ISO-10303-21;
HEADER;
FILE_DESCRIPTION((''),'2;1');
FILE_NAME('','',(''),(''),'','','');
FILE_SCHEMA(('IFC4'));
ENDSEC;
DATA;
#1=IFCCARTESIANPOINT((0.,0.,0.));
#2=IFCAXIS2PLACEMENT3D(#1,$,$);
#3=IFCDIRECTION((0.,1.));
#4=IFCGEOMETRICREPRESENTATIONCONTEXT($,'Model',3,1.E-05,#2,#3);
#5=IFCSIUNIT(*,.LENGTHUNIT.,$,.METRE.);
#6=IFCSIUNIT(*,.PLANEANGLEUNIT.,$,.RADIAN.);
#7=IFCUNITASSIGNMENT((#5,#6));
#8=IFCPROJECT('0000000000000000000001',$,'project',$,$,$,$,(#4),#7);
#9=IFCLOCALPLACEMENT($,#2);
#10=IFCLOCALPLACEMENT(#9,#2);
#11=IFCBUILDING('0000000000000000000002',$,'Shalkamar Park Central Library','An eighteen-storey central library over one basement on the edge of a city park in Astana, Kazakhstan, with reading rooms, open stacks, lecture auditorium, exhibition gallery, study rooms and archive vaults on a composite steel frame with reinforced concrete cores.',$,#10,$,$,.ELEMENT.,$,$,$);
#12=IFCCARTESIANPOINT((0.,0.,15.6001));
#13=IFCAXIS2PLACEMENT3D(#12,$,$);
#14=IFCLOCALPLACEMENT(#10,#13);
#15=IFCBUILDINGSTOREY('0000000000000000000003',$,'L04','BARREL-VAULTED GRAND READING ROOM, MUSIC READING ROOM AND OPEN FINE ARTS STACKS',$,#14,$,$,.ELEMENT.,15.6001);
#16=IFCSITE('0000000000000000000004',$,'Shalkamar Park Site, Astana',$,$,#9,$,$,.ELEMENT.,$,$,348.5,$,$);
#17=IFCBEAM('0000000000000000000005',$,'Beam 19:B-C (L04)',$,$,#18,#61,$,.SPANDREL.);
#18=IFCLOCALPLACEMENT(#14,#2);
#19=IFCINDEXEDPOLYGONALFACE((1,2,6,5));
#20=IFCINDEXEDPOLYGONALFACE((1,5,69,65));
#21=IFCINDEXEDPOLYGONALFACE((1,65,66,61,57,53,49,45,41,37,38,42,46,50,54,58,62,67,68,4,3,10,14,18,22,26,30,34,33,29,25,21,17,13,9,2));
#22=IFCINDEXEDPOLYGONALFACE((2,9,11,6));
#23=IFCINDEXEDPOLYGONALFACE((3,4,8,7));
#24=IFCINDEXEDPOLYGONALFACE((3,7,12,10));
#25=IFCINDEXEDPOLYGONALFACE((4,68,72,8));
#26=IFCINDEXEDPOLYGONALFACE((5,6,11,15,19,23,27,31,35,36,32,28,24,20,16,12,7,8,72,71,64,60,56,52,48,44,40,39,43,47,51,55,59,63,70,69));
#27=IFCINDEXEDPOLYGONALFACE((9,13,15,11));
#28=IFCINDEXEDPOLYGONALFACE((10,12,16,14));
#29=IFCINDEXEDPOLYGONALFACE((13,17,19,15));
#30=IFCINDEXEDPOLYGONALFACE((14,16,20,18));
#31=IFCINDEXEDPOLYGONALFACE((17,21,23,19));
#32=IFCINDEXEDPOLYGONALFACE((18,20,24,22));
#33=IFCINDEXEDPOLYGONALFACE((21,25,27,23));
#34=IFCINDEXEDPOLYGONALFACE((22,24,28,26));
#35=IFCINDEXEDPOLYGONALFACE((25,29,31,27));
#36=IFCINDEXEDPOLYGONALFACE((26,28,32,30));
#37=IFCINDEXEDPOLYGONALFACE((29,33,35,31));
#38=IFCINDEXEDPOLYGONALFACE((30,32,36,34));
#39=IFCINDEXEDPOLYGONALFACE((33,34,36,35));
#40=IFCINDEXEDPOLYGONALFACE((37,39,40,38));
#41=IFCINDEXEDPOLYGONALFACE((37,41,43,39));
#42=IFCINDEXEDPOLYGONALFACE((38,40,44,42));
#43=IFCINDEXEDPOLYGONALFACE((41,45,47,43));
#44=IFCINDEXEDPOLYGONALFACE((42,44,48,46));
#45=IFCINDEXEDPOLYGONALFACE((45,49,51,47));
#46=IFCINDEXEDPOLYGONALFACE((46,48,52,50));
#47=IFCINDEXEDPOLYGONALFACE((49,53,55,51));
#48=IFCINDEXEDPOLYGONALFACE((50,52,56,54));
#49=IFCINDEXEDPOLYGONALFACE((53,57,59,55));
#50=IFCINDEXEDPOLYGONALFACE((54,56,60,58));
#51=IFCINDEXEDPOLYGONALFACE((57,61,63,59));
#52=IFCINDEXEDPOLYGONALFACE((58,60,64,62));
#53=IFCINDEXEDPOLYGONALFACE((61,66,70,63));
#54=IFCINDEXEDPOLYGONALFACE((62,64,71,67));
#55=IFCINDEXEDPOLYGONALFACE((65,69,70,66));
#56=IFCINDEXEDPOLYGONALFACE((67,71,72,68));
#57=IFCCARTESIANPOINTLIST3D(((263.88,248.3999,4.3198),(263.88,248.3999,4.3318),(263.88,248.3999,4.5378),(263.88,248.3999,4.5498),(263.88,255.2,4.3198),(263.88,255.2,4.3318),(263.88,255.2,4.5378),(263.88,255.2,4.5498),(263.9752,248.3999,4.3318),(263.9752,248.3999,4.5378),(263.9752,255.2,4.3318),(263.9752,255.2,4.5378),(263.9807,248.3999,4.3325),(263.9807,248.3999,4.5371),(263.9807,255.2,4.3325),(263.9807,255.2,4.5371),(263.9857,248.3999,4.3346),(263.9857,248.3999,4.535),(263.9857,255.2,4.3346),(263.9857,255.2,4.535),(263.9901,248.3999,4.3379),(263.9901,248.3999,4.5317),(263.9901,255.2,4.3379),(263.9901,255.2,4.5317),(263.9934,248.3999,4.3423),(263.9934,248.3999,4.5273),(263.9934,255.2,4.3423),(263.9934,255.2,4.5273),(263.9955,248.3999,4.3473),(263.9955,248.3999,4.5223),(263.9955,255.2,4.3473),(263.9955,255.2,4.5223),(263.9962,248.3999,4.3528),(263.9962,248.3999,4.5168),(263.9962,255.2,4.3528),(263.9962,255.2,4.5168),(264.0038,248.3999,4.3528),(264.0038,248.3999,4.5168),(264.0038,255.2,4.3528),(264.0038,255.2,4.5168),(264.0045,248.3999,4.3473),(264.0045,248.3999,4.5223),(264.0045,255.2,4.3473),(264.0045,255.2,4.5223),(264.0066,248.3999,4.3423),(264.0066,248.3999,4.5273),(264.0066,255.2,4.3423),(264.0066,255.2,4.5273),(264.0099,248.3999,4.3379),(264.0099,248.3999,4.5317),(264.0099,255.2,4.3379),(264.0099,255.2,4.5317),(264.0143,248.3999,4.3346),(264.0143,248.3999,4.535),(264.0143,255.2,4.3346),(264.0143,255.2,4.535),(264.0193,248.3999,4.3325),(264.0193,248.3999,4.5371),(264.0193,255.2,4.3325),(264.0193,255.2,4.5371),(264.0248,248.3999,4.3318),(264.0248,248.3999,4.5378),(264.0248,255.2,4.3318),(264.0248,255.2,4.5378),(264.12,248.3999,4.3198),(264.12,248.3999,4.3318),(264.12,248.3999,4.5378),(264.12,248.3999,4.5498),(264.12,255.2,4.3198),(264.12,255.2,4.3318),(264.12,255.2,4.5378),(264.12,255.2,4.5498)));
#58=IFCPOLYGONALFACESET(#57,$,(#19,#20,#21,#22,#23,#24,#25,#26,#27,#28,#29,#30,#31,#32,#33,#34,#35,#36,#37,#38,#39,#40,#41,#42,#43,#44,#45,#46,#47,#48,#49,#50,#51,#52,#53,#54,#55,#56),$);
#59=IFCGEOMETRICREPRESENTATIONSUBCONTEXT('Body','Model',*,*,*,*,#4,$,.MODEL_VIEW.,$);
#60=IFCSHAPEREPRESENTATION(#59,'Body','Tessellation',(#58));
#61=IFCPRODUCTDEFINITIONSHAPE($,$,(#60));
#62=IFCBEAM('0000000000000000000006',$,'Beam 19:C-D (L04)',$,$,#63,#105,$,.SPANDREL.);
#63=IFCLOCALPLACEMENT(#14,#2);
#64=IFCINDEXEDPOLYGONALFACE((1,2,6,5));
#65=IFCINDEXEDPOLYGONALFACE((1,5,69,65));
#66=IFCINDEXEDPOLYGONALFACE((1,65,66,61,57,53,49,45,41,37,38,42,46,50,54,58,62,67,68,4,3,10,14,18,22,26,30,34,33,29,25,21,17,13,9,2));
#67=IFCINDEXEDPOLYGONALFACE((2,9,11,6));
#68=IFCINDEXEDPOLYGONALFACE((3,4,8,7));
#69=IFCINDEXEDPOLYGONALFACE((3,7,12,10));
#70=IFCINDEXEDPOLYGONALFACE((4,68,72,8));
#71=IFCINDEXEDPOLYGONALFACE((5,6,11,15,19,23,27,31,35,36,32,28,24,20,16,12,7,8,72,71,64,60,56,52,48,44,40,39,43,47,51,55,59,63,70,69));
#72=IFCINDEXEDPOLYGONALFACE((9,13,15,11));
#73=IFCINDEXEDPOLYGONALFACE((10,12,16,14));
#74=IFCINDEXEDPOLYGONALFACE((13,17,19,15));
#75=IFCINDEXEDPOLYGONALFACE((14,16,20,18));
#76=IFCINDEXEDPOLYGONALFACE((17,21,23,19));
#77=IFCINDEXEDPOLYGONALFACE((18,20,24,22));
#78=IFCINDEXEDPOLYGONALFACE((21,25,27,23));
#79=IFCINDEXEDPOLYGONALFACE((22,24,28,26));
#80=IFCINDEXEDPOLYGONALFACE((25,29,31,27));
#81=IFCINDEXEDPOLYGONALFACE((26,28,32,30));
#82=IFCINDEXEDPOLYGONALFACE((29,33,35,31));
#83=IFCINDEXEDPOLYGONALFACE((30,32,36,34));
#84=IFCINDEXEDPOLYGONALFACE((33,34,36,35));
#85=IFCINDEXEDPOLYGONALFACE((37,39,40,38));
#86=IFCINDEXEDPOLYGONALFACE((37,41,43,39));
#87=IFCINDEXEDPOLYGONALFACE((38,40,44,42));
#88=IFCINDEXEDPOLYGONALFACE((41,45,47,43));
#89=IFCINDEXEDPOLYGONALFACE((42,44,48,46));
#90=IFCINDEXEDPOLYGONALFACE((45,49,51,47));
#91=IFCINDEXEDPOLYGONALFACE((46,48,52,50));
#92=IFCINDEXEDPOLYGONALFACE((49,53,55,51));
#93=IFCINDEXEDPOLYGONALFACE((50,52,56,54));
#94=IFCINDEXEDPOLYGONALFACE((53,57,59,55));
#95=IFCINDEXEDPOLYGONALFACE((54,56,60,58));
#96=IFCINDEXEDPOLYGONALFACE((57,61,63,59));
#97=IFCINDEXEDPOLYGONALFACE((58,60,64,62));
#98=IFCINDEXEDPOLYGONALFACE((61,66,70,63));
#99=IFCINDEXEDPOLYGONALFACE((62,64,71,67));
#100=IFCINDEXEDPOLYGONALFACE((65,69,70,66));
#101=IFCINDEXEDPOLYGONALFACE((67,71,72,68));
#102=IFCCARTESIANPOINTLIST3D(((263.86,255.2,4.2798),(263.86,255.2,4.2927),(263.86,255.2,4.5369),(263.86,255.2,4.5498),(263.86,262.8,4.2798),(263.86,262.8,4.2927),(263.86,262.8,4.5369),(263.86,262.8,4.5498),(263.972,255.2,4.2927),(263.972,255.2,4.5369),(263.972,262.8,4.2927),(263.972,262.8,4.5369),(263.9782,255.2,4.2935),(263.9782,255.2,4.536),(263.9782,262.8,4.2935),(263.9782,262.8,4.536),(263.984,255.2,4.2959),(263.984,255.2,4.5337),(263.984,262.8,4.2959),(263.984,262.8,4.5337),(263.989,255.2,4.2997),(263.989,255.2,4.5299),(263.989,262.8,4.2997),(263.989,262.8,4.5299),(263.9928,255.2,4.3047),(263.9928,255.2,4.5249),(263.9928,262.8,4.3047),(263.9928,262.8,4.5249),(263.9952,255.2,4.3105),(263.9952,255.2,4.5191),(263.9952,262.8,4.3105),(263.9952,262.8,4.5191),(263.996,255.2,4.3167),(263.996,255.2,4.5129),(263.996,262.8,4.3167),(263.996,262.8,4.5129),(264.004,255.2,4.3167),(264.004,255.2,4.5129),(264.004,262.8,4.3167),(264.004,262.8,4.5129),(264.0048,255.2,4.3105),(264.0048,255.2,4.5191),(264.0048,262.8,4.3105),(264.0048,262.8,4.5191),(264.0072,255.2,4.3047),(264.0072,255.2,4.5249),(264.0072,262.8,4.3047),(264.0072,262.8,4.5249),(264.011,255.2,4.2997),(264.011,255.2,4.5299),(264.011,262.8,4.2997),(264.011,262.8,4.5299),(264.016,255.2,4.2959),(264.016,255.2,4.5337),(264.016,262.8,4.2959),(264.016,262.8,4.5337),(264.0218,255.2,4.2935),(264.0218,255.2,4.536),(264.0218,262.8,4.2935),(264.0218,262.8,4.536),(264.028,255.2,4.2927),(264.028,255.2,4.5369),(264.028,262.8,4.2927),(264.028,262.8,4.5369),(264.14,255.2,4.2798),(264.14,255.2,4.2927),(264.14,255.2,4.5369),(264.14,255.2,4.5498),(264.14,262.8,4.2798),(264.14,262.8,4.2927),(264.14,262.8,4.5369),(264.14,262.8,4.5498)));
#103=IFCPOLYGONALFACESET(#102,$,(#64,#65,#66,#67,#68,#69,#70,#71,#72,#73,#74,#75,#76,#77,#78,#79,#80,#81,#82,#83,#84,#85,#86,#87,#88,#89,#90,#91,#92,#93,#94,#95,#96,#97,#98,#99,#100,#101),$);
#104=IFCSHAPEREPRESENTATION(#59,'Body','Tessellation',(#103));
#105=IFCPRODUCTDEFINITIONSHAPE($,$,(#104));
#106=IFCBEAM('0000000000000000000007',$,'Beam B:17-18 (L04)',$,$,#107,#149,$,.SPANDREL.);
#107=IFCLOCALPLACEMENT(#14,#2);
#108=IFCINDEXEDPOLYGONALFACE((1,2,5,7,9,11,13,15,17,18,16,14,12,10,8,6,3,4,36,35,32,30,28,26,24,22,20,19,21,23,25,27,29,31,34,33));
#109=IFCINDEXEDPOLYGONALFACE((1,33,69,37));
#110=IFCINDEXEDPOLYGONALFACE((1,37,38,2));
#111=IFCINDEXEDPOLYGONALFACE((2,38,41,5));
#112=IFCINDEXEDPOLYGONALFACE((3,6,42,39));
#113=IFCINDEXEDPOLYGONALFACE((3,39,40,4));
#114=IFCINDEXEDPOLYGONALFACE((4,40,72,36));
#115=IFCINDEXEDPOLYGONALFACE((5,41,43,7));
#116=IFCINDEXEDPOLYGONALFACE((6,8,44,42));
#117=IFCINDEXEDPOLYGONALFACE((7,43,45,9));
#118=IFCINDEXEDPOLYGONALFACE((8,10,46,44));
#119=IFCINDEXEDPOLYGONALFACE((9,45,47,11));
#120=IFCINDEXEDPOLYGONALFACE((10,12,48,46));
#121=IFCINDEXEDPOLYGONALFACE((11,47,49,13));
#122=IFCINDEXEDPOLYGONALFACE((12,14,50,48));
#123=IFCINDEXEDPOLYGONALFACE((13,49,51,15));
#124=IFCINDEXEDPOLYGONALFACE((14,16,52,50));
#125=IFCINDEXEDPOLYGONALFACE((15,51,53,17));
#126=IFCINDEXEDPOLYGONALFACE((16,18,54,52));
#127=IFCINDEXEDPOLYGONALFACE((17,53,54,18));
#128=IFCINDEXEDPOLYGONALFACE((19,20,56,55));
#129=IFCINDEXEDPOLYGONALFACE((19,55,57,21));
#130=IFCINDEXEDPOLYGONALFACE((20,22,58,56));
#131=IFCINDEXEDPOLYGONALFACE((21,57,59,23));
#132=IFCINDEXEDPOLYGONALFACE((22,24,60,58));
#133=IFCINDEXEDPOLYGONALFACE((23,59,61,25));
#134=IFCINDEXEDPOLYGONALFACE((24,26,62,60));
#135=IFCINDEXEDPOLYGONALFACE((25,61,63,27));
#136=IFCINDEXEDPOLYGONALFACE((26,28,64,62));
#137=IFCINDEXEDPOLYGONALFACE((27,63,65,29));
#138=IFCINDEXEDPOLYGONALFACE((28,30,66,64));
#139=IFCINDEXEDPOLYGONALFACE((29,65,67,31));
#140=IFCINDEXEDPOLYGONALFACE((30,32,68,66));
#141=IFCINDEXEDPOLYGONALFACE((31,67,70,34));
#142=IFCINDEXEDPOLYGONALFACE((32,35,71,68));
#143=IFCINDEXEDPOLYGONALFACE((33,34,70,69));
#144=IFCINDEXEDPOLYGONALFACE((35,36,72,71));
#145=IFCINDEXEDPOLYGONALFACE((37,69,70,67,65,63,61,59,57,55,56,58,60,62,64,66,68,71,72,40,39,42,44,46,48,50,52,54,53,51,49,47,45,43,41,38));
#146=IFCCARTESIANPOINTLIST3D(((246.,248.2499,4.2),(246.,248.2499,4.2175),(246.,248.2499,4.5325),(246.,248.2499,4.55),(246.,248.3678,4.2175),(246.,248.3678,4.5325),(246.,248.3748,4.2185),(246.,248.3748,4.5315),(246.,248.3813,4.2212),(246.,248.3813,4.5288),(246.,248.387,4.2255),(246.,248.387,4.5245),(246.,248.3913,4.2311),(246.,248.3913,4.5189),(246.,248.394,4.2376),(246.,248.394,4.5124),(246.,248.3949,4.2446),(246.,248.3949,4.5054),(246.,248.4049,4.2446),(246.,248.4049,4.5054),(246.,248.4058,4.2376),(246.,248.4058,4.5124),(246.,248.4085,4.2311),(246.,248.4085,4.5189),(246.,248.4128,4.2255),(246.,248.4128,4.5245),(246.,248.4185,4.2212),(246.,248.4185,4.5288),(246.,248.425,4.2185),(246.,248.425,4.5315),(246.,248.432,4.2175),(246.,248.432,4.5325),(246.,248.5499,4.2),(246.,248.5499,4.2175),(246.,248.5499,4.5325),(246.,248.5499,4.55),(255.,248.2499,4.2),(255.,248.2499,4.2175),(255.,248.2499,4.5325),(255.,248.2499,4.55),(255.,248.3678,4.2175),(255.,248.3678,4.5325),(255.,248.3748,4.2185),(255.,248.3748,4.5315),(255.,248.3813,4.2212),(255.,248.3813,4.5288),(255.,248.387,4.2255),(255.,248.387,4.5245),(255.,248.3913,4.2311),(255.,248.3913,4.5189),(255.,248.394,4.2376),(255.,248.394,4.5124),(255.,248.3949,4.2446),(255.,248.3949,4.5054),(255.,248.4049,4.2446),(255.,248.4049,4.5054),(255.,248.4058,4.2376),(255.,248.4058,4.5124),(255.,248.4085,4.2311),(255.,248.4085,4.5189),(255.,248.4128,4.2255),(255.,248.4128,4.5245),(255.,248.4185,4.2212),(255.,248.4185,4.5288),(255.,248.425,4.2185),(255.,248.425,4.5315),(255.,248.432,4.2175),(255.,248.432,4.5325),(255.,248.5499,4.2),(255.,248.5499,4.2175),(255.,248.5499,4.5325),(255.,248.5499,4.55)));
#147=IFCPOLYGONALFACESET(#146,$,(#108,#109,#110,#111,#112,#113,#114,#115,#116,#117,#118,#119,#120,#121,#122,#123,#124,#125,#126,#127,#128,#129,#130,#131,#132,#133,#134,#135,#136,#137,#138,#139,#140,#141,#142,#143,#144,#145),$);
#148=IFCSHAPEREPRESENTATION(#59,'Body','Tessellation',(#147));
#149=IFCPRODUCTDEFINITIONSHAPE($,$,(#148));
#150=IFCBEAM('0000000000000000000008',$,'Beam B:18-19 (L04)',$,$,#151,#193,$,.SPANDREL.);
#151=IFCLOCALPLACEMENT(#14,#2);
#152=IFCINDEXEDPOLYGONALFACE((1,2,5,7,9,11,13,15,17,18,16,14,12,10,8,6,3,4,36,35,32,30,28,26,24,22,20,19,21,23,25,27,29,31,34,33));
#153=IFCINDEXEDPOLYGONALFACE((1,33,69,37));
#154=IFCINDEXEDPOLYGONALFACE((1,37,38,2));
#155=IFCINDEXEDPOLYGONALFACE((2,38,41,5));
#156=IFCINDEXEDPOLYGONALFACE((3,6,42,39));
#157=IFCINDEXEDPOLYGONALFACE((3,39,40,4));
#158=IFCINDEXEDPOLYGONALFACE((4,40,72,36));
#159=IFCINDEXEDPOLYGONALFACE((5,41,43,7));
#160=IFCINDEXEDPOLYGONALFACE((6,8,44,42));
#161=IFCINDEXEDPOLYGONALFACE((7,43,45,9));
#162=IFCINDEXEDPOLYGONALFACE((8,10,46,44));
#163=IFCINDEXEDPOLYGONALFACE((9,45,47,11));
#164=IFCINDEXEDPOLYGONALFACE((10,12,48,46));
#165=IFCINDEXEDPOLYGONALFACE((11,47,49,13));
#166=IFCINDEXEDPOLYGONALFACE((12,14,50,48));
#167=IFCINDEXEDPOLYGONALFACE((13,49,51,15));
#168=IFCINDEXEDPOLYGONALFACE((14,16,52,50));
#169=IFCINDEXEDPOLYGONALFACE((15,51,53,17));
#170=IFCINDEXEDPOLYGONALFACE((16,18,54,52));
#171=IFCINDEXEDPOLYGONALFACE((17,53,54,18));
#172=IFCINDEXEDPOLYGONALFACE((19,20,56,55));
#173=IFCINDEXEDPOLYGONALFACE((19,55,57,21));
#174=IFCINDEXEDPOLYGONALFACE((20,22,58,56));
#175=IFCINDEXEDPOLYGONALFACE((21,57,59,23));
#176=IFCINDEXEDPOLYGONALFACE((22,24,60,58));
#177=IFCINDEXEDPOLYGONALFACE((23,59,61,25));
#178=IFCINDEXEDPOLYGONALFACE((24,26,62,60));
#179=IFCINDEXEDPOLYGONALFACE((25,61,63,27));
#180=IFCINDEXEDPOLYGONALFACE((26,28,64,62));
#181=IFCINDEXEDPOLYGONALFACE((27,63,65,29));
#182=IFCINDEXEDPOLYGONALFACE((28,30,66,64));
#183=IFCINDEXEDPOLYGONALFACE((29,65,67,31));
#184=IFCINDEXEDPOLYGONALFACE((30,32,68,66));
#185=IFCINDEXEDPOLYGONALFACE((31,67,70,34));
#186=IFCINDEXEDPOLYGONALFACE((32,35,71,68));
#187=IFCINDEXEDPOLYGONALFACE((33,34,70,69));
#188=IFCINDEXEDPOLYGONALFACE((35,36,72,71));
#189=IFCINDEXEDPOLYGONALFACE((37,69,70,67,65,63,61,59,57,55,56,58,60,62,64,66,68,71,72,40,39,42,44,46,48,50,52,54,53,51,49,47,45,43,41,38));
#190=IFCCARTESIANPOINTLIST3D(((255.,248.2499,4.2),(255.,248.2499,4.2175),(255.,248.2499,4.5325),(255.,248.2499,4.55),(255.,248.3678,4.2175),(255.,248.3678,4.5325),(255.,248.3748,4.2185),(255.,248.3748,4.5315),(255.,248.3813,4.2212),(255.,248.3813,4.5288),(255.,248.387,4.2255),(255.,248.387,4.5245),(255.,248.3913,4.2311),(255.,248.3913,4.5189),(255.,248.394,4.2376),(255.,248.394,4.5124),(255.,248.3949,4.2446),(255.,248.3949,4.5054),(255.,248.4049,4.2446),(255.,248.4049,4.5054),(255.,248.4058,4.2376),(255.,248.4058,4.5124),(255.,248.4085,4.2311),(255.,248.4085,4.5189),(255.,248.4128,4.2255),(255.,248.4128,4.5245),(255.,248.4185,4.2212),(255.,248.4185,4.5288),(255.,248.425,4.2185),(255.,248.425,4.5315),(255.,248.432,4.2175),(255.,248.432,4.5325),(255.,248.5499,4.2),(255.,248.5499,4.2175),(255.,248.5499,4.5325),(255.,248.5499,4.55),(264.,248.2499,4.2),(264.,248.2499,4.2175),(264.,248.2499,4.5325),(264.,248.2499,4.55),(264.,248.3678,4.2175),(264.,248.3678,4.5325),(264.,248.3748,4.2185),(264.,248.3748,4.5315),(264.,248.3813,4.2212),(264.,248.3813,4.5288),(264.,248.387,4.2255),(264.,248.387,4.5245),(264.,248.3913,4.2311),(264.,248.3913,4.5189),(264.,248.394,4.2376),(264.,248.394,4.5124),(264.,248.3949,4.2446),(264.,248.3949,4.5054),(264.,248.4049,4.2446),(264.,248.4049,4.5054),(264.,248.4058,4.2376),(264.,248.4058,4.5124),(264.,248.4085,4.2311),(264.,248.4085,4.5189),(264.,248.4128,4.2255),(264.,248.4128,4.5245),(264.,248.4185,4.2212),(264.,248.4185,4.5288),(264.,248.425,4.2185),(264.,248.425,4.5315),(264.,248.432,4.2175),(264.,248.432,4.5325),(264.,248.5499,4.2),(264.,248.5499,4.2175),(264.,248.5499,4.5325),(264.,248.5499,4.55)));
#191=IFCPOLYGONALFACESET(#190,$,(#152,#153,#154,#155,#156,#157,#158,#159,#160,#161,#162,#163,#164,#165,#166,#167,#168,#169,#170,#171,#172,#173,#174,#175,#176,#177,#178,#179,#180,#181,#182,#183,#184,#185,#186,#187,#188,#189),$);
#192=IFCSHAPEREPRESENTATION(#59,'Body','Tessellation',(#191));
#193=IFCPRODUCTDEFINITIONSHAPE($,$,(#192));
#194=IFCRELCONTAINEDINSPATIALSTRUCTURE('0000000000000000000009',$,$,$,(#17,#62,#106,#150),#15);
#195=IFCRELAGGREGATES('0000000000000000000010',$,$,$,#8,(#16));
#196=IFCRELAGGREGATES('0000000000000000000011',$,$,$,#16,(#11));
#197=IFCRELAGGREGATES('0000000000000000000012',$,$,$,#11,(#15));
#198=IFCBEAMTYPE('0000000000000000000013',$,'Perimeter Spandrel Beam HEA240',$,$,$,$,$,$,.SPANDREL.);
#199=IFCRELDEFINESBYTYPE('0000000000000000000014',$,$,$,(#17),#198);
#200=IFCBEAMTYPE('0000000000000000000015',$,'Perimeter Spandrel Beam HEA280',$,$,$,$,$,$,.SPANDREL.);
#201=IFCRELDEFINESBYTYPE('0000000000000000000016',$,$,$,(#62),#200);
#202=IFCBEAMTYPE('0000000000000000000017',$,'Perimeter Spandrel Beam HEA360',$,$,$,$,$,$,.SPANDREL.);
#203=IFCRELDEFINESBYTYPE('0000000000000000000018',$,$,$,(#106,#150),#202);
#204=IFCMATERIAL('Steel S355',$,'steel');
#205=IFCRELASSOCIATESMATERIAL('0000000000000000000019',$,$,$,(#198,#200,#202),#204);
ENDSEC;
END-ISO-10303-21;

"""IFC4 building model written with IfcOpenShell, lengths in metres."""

from ifc_helpers import new_model, si_unit, direction, frame, origin, origin_2d, place, context, subcontext, project, spatial, i_section, extrude, material, material_profile, profile_set, type_object, element, save


model = new_model("IFC4")

# Units and contexts
model_context = context("Model", 3, precision=1e-05, world=origin(), true_north=direction((0.0, 1.0)))
body_context = subcontext(model_context, "Body", "Model", "MODEL_VIEW")
ifc_project = project(units=[si_unit("LENGTHUNIT", "METRE"), si_unit("PLANEANGLEUNIT", "RADIAN")], contexts=[model_context])

# Site, building, storey
site_placement = place(None, origin())
site = spatial("IfcSite", under=ifc_project, at=site_placement, Name="Shalkamar Park Site, Astana", CompositionType="ELEMENT", RefElevation=348.5)
building_placement = place(site_placement, origin())
building = spatial("IfcBuilding", under=site, at=building_placement, Name="Shalkamar Park Central Library", Description="An eighteen-storey central library over one basement on the edge of a city park in Astana, Kazakhstan, with reading rooms, open stacks, lecture auditorium, exhibition gallery, study rooms and archive vaults on a composite steel frame with reinforced concrete cores.", CompositionType="ELEMENT")
storey_placement = place(building_placement, frame((0.0, 0.0, 15.6001)))
storey = spatial("IfcBuildingStorey", under=building, at=storey_placement, Name="L04", Description="BARREL-VAULTED GRAND READING ROOM, MUSIC READING ROOM AND OPEN FINE ARTS STACKS", CompositionType="ELEMENT", Elevation=15.6001)

# Shared definitions
ifc_material_1 = material(Name="Steel S355", Category="steel")

# Beams
ifc_material_profile_1 = material_profile(ifc_material_1, i_section(OverallWidth=0.24, OverallDepth=0.23, WebThickness=0.0076, FlangeThickness=0.012, FilletRadius=0.021, at=origin_2d()), Name="HEA 240")
ifc_profile_set_1 = profile_set([ifc_material_profile_1], Name="Steel S355")
beam_type_1 = type_object("IfcBeamType", Name="Perimeter Spandrel Beam HEA240", PredefinedType="SPANDREL", material=ifc_profile_set_1)
beam_1_placement = place(storey_placement, frame((264.0, 248.3999, 4.4348), z_axis=(0.0, 1.0, 0.0), x_axis=(-1.0, 0.0, 0.0)))
element("IfcBeam", 1, at=beam_1_placement, inside=storey, type_object=beam_type_1, Name="Beam 19:B-C (L04)", PredefinedType="SPANDREL", context=body_context, shape_type="SweptSolid", body=[
    extrude(i_section(OverallWidth=0.24, OverallDepth=0.23, WebThickness=0.0076, FlangeThickness=0.012, FilletRadius=0.021, at=origin_2d()), origin(), (0.0, 0.0, 1.0), 6.8),
])
ifc_material_profile_2 = material_profile(ifc_material_1, i_section(OverallWidth=0.28, OverallDepth=0.27, WebThickness=0.0081, FlangeThickness=0.0129, FilletRadius=0.0239, at=origin_2d()), Name="HEA 280")
ifc_profile_set_2 = profile_set([ifc_material_profile_2], Name="Steel S355")
beam_type_2 = type_object("IfcBeamType", Name="Perimeter Spandrel Beam HEA280", PredefinedType="SPANDREL", material=ifc_profile_set_2)
beam_2_placement = place(storey_placement, frame((264.0, 255.2, 4.4148), z_axis=(0.0, 1.0, 0.0), x_axis=(-1.0, 0.0, 0.0)))
element("IfcBeam", 2, at=beam_2_placement, inside=storey, type_object=beam_type_2, Name="Beam 19:C-D (L04)", PredefinedType="SPANDREL", context=body_context, shape_type="SweptSolid", body=[
    extrude(i_section(OverallWidth=0.28, OverallDepth=0.27, WebThickness=0.0081, FlangeThickness=0.0129, FilletRadius=0.0239, at=origin_2d()), origin(), (0.0, 0.0, 1.0), 7.6001),
])
ifc_material_profile_3 = material_profile(ifc_material_1, i_section(OverallWidth=0.3, OverallDepth=0.3501, WebThickness=0.01, FlangeThickness=0.0176, FilletRadius=0.0271, at=origin_2d()), Name="HEA 360")
ifc_profile_set_3 = profile_set([ifc_material_profile_3], Name="Steel S355")
beam_type_3 = type_object("IfcBeamType", Name="Perimeter Spandrel Beam HEA360", PredefinedType="SPANDREL", material=ifc_profile_set_3)
for number, where, z_axis, x_axis, name in (
    (3, (246.0, 248.3999, 4.375), (1.0, 0.0, 0.0), (0.0, 1.0, 0.0), "Beam B:17-18 (L04)"),
    (4, (255.0, 248.3999, 4.375), (1.0, 0.0, 0.0), (0.0, 1.0, 0.0), "Beam B:18-19 (L04)"),
):
    element("IfcBeam", number, at=place(storey_placement, frame(where, z_axis=z_axis, x_axis=x_axis)), inside=storey, type_object=beam_type_3, Name=name, PredefinedType="SPANDREL", context=body_context, shape_type="SweptSolid", body=[
        extrude(i_section(OverallWidth=0.3, OverallDepth=0.3501, WebThickness=0.01, FlangeThickness=0.0176, FilletRadius=0.0271, at=origin_2d()), origin(), (0.0, 0.0, 1.0), 9.0),
    ])

save(model, "model.ifc")
